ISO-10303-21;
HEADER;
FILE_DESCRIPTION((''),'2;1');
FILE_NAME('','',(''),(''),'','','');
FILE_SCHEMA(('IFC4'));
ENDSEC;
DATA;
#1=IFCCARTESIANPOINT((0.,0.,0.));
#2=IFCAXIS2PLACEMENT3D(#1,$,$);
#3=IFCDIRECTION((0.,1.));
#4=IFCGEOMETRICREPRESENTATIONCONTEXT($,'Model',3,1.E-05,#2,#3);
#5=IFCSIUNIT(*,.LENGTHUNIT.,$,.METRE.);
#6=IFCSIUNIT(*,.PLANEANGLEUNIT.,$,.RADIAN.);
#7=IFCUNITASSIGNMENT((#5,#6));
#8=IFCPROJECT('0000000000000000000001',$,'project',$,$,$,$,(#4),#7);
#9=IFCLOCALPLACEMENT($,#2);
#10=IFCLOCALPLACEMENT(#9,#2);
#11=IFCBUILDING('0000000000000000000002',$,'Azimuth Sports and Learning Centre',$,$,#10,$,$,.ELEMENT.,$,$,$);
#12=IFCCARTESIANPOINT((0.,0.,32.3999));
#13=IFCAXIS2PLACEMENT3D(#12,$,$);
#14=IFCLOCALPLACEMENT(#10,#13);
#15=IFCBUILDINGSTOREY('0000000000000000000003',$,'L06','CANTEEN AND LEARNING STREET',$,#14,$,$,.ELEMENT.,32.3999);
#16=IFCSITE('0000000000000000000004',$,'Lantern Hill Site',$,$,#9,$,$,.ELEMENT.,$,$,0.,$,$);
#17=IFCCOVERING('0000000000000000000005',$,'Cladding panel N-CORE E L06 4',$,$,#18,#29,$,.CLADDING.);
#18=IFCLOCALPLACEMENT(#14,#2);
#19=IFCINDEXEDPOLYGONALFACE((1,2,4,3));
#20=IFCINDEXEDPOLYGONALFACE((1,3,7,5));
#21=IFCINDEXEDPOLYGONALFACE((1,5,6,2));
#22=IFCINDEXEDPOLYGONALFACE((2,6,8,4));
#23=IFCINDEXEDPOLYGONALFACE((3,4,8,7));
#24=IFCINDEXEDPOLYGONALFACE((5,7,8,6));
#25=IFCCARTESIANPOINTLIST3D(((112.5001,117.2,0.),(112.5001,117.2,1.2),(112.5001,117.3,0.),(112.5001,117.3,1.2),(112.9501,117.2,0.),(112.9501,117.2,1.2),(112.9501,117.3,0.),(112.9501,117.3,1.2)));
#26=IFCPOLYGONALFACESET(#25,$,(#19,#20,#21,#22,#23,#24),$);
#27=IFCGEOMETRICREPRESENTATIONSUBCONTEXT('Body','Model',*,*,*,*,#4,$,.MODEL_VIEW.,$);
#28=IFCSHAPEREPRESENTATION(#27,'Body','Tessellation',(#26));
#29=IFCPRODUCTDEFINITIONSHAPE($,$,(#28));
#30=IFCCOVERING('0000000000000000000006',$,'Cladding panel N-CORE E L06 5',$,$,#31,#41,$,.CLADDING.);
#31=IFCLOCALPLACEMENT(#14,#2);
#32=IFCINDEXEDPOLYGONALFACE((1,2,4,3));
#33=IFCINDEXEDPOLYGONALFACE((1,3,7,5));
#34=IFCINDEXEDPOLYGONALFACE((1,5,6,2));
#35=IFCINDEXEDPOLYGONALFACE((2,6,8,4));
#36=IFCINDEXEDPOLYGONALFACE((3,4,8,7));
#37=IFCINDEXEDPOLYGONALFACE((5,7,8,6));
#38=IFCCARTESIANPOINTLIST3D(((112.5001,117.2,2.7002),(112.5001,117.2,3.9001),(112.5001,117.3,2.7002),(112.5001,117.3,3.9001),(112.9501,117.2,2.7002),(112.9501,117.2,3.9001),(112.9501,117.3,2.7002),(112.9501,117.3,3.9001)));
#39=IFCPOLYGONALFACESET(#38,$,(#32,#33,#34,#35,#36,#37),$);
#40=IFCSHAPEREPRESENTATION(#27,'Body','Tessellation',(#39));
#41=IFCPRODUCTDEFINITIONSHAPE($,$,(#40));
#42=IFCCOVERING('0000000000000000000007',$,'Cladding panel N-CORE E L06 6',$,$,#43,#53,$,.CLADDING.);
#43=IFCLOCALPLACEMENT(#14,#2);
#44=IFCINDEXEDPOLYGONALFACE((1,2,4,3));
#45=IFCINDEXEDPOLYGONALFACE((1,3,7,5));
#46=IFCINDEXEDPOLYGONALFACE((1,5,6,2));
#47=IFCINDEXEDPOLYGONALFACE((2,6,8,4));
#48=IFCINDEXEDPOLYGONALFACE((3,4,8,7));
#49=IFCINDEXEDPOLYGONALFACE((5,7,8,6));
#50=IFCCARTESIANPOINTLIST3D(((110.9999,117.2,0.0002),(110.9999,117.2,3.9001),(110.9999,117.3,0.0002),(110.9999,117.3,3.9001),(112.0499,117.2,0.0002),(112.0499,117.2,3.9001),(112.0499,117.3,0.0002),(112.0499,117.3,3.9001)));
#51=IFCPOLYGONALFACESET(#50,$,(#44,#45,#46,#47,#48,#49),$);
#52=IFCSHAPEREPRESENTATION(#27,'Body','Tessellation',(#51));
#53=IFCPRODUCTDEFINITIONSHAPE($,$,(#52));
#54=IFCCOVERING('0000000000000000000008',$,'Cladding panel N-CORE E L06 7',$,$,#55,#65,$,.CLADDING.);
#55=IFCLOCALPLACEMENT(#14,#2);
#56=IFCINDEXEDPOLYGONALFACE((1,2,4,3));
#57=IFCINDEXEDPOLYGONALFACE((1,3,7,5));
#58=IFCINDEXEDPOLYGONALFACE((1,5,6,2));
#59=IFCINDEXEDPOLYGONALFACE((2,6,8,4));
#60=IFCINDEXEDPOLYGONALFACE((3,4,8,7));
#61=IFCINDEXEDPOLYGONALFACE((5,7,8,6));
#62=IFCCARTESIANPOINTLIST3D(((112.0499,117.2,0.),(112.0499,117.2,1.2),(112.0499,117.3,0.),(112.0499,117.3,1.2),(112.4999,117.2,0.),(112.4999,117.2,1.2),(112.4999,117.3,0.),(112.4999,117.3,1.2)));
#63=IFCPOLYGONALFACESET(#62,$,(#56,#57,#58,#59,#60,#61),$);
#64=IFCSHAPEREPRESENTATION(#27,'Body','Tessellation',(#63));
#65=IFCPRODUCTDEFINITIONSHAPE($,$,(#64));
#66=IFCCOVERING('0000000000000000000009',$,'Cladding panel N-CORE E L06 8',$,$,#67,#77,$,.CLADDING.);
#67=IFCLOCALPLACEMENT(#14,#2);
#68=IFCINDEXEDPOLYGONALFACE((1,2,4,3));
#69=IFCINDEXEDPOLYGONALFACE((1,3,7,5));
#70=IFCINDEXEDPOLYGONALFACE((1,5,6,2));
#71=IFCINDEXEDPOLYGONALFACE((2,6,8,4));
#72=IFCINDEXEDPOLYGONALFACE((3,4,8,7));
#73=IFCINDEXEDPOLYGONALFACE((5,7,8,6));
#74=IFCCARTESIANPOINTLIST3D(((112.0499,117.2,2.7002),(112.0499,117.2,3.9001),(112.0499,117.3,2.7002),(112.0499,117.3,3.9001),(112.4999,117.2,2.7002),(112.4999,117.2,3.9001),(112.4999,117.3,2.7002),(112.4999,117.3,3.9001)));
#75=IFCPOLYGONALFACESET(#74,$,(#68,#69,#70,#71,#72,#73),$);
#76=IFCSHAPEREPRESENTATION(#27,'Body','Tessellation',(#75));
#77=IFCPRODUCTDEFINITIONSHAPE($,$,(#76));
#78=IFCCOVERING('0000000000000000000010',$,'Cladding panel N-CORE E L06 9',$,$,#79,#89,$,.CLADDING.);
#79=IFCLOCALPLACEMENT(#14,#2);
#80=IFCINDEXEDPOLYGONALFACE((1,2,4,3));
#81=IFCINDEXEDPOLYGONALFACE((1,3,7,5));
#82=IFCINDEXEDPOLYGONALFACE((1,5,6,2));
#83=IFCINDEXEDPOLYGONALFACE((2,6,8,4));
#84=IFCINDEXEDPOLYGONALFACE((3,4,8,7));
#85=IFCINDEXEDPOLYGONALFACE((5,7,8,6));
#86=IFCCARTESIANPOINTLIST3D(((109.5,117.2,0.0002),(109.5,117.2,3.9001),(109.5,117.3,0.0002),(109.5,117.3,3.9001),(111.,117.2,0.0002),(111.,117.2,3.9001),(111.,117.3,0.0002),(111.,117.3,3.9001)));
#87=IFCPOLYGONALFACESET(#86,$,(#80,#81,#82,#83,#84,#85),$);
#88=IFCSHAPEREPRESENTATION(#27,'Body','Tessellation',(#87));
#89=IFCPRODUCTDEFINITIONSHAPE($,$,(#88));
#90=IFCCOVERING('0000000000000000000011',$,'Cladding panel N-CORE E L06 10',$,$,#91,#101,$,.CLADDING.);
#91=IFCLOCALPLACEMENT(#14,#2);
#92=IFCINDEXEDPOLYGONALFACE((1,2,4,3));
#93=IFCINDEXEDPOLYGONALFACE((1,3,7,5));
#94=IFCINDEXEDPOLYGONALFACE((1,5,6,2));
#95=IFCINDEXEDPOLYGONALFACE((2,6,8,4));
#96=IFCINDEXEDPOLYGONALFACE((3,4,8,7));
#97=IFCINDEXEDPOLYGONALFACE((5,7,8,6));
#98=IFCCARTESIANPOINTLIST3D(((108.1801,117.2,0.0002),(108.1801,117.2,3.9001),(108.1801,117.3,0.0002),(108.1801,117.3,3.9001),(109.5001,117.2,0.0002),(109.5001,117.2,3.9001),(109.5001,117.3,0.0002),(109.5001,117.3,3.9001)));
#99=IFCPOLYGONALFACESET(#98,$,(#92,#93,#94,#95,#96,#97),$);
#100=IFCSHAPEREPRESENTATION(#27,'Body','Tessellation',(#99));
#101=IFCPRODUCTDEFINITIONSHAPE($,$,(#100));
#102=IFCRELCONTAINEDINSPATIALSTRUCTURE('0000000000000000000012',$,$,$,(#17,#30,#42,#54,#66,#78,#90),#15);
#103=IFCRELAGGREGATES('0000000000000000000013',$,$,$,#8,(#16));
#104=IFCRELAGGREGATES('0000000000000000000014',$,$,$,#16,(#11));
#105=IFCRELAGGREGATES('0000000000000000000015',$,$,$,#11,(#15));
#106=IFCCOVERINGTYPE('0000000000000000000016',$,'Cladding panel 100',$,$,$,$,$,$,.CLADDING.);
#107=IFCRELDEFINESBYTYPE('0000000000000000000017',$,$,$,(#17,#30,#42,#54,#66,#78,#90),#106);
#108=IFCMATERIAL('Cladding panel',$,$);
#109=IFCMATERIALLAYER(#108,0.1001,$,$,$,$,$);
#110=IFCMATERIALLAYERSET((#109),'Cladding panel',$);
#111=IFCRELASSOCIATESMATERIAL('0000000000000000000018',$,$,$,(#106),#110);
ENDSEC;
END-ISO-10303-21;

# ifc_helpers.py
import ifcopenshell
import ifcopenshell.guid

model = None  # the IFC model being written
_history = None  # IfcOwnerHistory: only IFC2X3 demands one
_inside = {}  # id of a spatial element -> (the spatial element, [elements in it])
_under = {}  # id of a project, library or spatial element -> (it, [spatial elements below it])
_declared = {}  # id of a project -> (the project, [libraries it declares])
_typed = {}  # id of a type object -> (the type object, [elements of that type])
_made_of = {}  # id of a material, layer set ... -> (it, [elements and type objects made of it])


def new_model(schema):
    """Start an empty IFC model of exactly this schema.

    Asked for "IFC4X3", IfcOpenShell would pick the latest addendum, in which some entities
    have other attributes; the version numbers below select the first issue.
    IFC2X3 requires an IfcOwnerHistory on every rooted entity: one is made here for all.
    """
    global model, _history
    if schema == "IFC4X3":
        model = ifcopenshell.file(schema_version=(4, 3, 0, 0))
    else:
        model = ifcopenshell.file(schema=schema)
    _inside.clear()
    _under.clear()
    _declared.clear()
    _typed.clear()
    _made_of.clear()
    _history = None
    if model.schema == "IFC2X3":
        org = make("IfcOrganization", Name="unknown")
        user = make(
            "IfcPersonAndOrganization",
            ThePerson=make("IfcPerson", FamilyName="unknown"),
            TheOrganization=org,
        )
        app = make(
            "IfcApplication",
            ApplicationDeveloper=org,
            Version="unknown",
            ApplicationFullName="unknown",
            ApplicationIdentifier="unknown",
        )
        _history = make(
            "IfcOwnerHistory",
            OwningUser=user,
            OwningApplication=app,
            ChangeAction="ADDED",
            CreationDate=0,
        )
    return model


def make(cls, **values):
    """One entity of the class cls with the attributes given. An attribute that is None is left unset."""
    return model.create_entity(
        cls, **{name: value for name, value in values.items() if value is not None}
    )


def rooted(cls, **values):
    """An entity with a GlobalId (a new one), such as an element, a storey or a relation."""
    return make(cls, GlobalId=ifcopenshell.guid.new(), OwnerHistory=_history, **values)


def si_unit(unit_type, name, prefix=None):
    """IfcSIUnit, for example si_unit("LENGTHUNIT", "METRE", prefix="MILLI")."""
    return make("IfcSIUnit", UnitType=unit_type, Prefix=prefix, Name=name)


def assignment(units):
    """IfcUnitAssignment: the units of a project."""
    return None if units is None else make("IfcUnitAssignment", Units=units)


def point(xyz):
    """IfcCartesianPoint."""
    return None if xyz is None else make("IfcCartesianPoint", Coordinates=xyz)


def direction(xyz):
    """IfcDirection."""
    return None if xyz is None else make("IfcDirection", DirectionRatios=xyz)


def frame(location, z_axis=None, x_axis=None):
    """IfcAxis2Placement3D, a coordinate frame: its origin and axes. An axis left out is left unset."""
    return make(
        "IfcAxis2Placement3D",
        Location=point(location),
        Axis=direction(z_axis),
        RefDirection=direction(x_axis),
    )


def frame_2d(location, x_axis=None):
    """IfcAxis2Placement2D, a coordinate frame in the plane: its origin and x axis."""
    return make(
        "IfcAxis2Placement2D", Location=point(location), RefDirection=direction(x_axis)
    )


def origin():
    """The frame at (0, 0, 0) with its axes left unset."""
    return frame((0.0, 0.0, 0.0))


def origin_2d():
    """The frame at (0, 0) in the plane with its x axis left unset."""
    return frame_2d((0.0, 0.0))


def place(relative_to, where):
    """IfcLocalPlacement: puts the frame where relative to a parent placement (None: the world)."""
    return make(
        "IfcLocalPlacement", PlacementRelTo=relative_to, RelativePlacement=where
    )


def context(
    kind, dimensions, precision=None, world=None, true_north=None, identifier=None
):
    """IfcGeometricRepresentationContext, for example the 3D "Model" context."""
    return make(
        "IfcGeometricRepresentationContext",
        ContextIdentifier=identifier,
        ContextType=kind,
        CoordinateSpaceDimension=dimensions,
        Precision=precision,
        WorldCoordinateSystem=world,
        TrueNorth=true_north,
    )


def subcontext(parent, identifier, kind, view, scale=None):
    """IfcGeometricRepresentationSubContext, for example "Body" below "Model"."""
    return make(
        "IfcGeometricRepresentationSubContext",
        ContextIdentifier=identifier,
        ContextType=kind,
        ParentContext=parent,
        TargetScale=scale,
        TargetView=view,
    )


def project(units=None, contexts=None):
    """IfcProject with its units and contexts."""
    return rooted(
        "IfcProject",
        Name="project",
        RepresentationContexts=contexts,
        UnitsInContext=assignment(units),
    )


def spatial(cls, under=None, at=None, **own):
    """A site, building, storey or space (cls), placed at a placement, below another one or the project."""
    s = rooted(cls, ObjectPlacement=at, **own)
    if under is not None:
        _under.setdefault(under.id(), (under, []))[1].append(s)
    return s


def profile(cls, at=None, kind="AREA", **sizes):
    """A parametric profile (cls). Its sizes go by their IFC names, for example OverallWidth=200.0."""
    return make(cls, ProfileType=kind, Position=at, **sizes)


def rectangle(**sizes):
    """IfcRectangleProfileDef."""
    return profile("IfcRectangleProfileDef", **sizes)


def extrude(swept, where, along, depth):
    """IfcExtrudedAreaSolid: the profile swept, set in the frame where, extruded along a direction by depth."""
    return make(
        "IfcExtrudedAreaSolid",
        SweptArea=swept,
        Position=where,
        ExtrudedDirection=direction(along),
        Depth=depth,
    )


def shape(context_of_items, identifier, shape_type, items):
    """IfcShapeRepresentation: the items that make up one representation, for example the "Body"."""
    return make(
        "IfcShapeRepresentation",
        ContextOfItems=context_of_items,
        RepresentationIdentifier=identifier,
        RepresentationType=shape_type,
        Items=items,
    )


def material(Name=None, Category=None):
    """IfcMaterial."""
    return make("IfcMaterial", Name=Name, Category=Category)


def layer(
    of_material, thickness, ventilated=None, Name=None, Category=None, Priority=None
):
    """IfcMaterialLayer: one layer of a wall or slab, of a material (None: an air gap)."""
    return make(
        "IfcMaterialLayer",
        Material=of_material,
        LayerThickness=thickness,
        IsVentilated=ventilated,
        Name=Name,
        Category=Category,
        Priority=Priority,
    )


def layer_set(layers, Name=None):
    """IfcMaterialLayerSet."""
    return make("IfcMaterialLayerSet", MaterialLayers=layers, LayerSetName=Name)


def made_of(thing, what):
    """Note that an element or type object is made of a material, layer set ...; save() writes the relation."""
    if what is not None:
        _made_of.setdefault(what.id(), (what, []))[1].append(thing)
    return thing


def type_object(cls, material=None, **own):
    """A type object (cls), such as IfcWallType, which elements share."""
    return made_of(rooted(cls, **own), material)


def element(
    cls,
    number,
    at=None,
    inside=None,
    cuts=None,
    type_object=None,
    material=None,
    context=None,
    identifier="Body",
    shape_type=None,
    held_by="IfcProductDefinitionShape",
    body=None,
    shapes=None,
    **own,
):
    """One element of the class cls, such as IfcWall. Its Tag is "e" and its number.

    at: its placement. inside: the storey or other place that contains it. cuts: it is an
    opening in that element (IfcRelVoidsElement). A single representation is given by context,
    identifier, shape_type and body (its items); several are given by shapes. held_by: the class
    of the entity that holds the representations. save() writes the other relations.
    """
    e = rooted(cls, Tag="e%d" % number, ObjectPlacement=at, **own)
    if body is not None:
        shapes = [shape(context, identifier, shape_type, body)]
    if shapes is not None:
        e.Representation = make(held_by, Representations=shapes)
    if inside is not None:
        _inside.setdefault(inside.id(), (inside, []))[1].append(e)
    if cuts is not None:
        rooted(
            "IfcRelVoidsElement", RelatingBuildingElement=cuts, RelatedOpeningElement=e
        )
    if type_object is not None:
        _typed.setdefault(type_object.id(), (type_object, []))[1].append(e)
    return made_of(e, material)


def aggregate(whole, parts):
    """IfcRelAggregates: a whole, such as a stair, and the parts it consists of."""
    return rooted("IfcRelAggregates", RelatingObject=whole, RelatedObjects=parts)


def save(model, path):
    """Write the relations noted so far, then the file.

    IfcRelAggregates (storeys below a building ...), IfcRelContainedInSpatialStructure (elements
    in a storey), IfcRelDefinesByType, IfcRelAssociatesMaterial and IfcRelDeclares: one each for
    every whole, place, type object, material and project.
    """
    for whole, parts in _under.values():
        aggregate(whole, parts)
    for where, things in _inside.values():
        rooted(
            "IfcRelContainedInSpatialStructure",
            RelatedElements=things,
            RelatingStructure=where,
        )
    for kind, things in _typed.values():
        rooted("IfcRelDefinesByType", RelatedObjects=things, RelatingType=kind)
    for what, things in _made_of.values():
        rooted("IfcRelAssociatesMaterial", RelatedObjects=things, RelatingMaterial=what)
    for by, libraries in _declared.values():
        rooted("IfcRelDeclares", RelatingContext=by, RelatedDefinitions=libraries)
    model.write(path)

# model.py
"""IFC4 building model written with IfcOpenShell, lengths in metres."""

from ifc_helpers import new_model, si_unit, direction, frame, origin, origin_2d, place, context, subcontext, project, spatial, rectangle, extrude, material, layer, layer_set, type_object, element, save


model = new_model("IFC4")

# Units and contexts
model_context = context("Model", 3, precision=1e-05, world=origin(), true_north=direction((0.0, 1.0)))
body_context = subcontext(model_context, "Body", "Model", "MODEL_VIEW")
ifc_project = project(units=[si_unit("LENGTHUNIT", "METRE"), si_unit("PLANEANGLEUNIT", "RADIAN")], contexts=[model_context])

# Site, building, storey
site_placement = place(None, origin())
site = spatial("IfcSite", under=ifc_project, at=site_placement, Name="Lantern Hill Site", CompositionType="ELEMENT", RefElevation=0.0)
building_placement = place(site_placement, origin())
building = spatial("IfcBuilding", under=site, at=building_placement, Name="Azimuth Sports and Learning Centre", CompositionType="ELEMENT")
storey_placement = place(building_placement, frame((0.0, 0.0, 32.3999)))
storey = spatial("IfcBuildingStorey", under=building, at=storey_placement, Name="L06", Description="CANTEEN AND LEARNING STREET", CompositionType="ELEMENT", Elevation=32.3999)

# Coverings
ifc_material_1 = material(Name="Cladding panel")
ifc_layer_1 = layer(ifc_material_1, 0.1001)
ifc_layer_set_1 = layer_set([ifc_layer_1], Name="Cladding panel")
covering_type = type_object("IfcCoveringType", Name="Cladding panel 100", PredefinedType="CLADDING", material=ifc_layer_set_1)
for number, where, z_axis, x_axis, name in (
    (1, (112.7251, 117.25, 0.0), (0.0, 0.0, 1.0), (-1.0, 0.0, 0.0), "Cladding panel N-CORE E L06 4"),
    (2, (112.7251, 117.25, 2.7002), (0.0, 0.0, 1.0), (-1.0, 0.0, 0.0), "Cladding panel N-CORE E L06 5"),
):
    element("IfcCovering", number, at=place(storey_placement, frame(where, z_axis=z_axis, x_axis=x_axis)), inside=storey, type_object=covering_type, Name=name, PredefinedType="CLADDING", context=body_context, shape_type="SweptSolid", body=[
        extrude(rectangle(XDim=0.45, YDim=0.1001, at=origin_2d()), origin(), (0.0, 0.0, 1.0), 1.2),
    ])
covering_1_placement = place(storey_placement, frame((111.5249, 117.25, 0.0002), z_axis=(0.0, 0.0, 1.0), x_axis=(-1.0, 0.0, 0.0)))
element("IfcCovering", 3, at=covering_1_placement, inside=storey, type_object=covering_type, Name="Cladding panel N-CORE E L06 6", PredefinedType="CLADDING", context=body_context, shape_type="SweptSolid", body=[
    extrude(rectangle(XDim=1.05, YDim=0.1001, at=origin_2d()), origin(), (0.0, 0.0, 1.0), 3.8999),
])
for number, where, z_axis, x_axis, name in (
    (4, (112.2749, 117.25, 0.0), (0.0, 0.0, 1.0), (-1.0, 0.0, 0.0), "Cladding panel N-CORE E L06 7"),
    (5, (112.2749, 117.25, 2.7002), (0.0, 0.0, 1.0), (-1.0, 0.0, 0.0), "Cladding panel N-CORE E L06 8"),
):
    element("IfcCovering", number, at=place(storey_placement, frame(where, z_axis=z_axis, x_axis=x_axis)), inside=storey, type_object=covering_type, Name=name, PredefinedType="CLADDING", context=body_context, shape_type="SweptSolid", body=[
        extrude(rectangle(XDim=0.45, YDim=0.1001, at=origin_2d()), origin(), (0.0, 0.0, 1.0), 1.2),
    ])
covering_2_placement = place(storey_placement, frame((110.25, 117.25, 0.0002), z_axis=(0.0, 0.0, 1.0), x_axis=(-1.0, 0.0, 0.0)))
element("IfcCovering", 6, at=covering_2_placement, inside=storey, type_object=covering_type, Name="Cladding panel N-CORE E L06 9", PredefinedType="CLADDING", context=body_context, shape_type="SweptSolid", body=[
    extrude(rectangle(XDim=1.5, YDim=0.1001, at=origin_2d()), origin(), (0.0, 0.0, 1.0), 3.8999),
])
covering_3_placement = place(storey_placement, frame((108.8401, 117.25, 0.0002), z_axis=(0.0, 0.0, 1.0), x_axis=(-1.0, 0.0, 0.0)))
element("IfcCovering", 7, at=covering_3_placement, inside=storey, type_object=covering_type, Name="Cladding panel N-CORE E L06 10", PredefinedType="CLADDING", context=body_context, shape_type="SweptSolid", body=[
    extrude(rectangle(XDim=1.3201, YDim=0.1001, at=origin_2d()), origin(), (0.0, 0.0, 1.0), 3.8999),
])

save(model, "model.ifc")
